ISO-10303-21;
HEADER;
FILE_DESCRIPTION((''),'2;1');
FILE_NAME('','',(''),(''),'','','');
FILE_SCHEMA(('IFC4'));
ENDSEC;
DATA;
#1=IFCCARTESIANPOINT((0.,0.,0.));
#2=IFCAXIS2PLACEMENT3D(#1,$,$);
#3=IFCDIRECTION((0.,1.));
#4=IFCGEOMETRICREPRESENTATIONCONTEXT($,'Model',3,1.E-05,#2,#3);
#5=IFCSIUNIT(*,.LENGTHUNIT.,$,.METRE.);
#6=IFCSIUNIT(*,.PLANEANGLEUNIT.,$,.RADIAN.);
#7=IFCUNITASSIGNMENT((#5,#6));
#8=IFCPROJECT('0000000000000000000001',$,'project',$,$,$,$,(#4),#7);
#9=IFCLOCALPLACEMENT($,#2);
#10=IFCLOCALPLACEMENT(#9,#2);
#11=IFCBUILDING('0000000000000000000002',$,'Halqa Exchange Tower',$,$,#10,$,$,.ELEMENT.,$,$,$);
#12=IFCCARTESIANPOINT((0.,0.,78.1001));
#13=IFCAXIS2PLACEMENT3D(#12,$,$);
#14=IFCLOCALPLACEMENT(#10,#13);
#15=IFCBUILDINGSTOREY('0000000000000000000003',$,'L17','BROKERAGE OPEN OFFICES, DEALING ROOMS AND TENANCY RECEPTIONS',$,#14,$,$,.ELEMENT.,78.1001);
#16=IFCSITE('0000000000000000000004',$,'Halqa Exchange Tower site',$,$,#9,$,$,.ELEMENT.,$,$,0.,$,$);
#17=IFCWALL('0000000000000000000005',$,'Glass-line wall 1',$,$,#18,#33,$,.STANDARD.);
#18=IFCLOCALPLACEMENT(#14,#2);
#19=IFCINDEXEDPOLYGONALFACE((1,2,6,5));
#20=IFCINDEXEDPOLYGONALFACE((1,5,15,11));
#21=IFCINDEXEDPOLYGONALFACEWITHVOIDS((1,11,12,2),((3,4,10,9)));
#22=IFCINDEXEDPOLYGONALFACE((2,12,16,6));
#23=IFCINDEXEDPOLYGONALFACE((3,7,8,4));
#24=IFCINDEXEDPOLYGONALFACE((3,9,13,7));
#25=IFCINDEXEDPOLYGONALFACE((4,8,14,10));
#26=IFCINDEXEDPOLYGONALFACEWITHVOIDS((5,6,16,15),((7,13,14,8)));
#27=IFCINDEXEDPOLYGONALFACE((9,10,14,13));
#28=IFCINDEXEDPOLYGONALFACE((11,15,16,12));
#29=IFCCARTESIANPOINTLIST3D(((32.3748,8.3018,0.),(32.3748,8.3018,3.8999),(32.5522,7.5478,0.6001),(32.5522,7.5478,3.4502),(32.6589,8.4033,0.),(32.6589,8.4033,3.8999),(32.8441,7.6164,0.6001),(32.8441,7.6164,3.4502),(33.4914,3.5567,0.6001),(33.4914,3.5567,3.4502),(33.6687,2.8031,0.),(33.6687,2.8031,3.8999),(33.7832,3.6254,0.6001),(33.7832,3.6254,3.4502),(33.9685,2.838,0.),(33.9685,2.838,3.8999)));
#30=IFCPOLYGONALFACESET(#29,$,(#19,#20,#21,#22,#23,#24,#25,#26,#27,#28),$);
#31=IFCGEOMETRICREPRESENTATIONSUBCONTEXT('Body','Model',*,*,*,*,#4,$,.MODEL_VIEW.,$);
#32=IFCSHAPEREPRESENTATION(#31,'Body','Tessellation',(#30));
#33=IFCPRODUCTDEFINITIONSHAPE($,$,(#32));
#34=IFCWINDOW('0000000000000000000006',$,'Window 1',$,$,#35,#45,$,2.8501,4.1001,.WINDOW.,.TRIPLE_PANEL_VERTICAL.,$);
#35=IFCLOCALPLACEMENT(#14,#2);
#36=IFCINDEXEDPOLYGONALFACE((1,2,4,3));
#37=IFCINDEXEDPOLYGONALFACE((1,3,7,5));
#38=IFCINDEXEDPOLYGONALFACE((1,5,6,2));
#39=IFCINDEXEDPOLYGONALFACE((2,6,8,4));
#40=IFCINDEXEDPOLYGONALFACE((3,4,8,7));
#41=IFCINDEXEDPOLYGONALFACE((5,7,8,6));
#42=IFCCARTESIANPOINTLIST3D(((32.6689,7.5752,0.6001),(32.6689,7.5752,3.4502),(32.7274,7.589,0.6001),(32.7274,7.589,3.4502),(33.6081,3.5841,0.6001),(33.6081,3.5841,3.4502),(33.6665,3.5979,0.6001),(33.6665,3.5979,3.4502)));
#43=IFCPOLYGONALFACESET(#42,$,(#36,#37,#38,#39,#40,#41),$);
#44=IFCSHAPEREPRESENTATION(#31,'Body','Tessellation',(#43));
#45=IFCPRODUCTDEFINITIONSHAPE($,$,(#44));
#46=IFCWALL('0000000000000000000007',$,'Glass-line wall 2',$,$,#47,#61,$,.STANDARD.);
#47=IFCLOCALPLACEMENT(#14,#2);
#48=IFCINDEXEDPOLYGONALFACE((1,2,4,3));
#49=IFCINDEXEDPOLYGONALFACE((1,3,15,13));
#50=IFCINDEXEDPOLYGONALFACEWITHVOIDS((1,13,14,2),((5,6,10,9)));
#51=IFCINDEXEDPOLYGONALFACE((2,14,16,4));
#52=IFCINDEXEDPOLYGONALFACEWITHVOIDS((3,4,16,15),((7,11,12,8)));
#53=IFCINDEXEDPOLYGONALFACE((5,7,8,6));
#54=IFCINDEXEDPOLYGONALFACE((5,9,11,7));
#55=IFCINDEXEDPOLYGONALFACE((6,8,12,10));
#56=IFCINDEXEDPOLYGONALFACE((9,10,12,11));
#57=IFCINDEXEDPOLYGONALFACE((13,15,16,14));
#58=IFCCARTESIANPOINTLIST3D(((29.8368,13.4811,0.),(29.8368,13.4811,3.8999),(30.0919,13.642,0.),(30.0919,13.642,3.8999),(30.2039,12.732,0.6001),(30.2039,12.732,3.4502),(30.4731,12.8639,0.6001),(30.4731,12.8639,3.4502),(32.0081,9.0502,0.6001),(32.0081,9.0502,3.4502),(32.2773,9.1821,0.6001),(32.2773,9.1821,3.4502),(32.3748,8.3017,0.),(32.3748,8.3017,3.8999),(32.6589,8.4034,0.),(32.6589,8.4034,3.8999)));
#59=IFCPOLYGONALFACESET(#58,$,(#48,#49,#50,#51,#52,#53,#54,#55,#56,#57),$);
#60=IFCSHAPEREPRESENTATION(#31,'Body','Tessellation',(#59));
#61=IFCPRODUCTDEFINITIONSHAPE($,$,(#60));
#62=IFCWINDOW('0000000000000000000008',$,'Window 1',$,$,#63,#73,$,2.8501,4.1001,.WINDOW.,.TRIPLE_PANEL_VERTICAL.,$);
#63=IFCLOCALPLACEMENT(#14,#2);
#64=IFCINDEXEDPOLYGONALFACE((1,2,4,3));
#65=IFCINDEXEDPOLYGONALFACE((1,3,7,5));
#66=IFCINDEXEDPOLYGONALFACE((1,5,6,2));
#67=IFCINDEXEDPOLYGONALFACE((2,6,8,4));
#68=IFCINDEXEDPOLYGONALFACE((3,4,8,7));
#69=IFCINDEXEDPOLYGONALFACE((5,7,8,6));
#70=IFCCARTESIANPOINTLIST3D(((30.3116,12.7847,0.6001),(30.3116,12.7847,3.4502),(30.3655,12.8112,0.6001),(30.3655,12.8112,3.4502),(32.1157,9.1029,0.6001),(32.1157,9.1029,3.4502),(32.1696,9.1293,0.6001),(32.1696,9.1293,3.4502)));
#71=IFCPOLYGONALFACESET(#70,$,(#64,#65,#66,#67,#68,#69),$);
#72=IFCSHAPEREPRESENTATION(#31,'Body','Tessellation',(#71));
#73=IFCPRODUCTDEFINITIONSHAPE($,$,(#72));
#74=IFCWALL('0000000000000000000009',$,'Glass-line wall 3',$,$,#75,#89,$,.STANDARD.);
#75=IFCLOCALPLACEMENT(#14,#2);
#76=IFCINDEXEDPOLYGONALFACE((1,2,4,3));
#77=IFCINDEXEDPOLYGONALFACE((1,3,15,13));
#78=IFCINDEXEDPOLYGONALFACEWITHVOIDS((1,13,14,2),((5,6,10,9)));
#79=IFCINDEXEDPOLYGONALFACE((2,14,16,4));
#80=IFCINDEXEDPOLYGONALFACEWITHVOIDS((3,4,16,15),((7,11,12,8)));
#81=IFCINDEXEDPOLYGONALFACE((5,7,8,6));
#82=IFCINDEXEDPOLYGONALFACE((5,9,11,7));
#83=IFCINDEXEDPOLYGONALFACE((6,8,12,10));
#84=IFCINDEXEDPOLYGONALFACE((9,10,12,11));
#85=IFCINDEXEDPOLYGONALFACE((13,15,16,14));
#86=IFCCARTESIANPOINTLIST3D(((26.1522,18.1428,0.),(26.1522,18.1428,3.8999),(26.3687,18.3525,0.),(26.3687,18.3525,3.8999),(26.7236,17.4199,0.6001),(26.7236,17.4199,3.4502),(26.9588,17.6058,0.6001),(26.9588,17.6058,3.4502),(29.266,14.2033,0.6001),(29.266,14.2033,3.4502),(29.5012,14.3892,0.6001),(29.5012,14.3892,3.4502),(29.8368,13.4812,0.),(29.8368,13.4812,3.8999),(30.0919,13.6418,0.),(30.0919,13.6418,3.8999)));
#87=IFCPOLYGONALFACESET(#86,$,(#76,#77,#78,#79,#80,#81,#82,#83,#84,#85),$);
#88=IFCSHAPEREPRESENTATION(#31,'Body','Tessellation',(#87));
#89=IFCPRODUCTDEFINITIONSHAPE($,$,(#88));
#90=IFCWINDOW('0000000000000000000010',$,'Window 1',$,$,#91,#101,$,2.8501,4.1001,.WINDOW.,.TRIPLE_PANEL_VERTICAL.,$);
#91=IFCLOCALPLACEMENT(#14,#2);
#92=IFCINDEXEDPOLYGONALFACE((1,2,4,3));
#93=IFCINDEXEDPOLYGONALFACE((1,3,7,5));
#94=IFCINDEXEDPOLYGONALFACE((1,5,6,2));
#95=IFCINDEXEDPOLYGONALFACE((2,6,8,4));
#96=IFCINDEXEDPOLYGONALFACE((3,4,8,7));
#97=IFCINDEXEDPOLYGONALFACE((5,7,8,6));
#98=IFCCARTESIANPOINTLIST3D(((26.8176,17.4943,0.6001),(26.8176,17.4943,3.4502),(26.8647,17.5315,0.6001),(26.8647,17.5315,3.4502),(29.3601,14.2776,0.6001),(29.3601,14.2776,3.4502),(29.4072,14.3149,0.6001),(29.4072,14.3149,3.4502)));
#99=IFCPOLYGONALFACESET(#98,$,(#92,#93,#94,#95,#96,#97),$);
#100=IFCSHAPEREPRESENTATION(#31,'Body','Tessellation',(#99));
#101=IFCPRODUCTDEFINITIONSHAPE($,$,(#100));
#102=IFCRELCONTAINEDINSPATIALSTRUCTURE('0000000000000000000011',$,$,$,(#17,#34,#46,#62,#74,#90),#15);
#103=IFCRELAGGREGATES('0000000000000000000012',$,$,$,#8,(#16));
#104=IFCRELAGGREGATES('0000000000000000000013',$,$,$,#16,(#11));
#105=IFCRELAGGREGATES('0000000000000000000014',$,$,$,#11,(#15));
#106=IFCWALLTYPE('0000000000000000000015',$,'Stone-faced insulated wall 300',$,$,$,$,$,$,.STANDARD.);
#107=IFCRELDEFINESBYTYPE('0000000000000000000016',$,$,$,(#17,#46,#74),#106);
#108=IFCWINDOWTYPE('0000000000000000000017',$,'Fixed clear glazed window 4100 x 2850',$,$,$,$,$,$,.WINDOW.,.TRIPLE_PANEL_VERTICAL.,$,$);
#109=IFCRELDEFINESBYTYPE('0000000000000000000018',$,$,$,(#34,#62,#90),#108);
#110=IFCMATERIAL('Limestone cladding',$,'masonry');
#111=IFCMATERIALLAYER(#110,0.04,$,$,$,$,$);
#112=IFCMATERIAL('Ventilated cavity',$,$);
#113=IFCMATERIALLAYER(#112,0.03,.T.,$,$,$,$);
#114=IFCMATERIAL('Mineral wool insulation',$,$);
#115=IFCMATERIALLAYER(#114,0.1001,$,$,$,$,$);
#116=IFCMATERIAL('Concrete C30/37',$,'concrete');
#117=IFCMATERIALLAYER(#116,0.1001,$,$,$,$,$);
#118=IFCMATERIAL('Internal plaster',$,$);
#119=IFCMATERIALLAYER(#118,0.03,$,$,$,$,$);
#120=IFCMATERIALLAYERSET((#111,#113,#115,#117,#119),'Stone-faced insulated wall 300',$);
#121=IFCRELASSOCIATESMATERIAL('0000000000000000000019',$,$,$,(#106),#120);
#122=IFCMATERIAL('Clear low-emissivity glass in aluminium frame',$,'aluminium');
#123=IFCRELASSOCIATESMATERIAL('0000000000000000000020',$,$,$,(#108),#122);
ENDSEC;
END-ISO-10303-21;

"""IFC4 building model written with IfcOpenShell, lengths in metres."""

from ifc_helpers import new_model, si_unit, direction, frame, frame_2d, origin, place, context, subcontext, project, spatial, polyline, rectangle, outline, extrude, material, layer, layer_set, type_object, element, fill, save


model = new_model("IFC4")

# Units and contexts
model_context = context("Model", 3, precision=1e-05, world=origin(), true_north=direction((0.0, 1.0)))
body_context = subcontext(model_context, "Body", "Model", "MODEL_VIEW")
ifc_project = project(units=[si_unit("LENGTHUNIT", "METRE"), si_unit("PLANEANGLEUNIT", "RADIAN")], contexts=[model_context])

# Site, building, storey
site_placement = place(None, origin())
site = spatial("IfcSite", under=ifc_project, at=site_placement, Name="Halqa Exchange Tower site", CompositionType="ELEMENT", RefElevation=0.0)
building_placement = place(site_placement, origin())
building = spatial("IfcBuilding", under=site, at=building_placement, Name="Halqa Exchange Tower", CompositionType="ELEMENT")
storey_placement = place(building_placement, frame((0.0, 0.0, 78.1001)))
storey = spatial("IfcBuildingStorey", under=building, at=storey_placement, Name="L17", Description="BROKERAGE OPEN OFFICES, DEALING ROOMS AND TENANCY RECEPTIONS", CompositionType="ELEMENT", Elevation=78.1001)

# Walls, openings, windows
ifc_material_1 = material(Name="Limestone cladding", Category="masonry")
ifc_layer_1 = layer(ifc_material_1, 0.04)
ifc_material_2 = material(Name="Ventilated cavity")
ifc_layer_2 = layer(ifc_material_2, 0.03, ventilated=True)
ifc_material_3 = material(Name="Mineral wool insulation")
ifc_layer_3 = layer(ifc_material_3, 0.1001)
ifc_material_4 = material(Name="Concrete C30/37", Category="concrete")
ifc_layer_4 = layer(ifc_material_4, 0.1001)
ifc_material_5 = material(Name="Internal plaster")
ifc_layer_5 = layer(ifc_material_5, 0.03)
ifc_layer_set_1 = layer_set([ifc_layer_1, ifc_layer_2, ifc_layer_3, ifc_layer_4, ifc_layer_5], Name="Stone-faced insulated wall 300")
wall_type_1 = type_object("IfcWallType", Name="Stone-faced insulated wall 300", PredefinedType="STANDARD", material=ifc_layer_set_1)
wall_1_placement = place(storey_placement, frame((33.8186, 2.8206, 0.0), z_axis=(0.0, 0.0, 1.0), x_axis=(-0.229058, 0.973413, 0.0)))
wall_1 = element("IfcWall", 1, at=wall_1_placement, inside=storey, type_object=wall_type_1, Name="Glass-line wall 1", PredefinedType="STANDARD", context=body_context, shape_type="SweptSolid", body=[
    extrude(outline(polyline([(-0.0173, -0.1499), (5.7, -0.1499), (5.6663, 0.1499), (0.0173, 0.1499), (-0.0173, -0.1499)])), origin(), (0.0, 0.0, 1.0), 3.8999),
])
opening_1_placement = place(wall_1_placement, frame((0.7915, 0.0, 0.6001)))
opening_1 = element("IfcOpeningElement", 2, at=opening_1_placement, cuts=wall_1, PredefinedType="OPENING", context=body_context, shape_type="SweptSolid", body=[
    extrude(rectangle(XDim=4.1001, YDim=2.8501, at=frame_2d((2.05, 1.425))), frame((0.0, 0.1621, 0.0), z_axis=(0.0, -1.0, 0.0), x_axis=(1.0, 0.0, 0.0)), (0.0, 0.0, 1.0), 0.324),
])
ifc_material_6 = material(Name="Clear low-emissivity glass in aluminium frame", Category="aluminium")
window_type = type_object("IfcWindowType", Name="Fixed clear glazed window 4100 x 2850", PartitioningType="TRIPLE_PANEL_VERTICAL", PredefinedType="WINDOW", material=ifc_material_6)
window_1_placement = place(opening_1_placement, origin())
window_1 = element("IfcWindow", 3, at=window_1_placement, inside=storey, type_object=window_type, Name="Window 1", OverallHeight=2.8501, OverallWidth=4.1001, PartitioningType="TRIPLE_PANEL_VERTICAL", PredefinedType="WINDOW", context=body_context, shape_type="SweptSolid", body=[
    extrude(rectangle(XDim=4.1001, YDim=2.8501, at=frame_2d((2.05, 1.425))), frame((0.0, 0.03, 0.0), z_axis=(0.0, -1.0, 0.0), x_axis=(1.0, 0.0, 0.0)), (0.0, 0.0, 1.0), 0.0601),
])
fill(opening_1, window_1)
wall_2_placement = place(storey_placement, frame((32.5168, 8.3525, 0.0), z_axis=(0.0, 0.0, 1.0), x_axis=(-0.440027, 0.897984, 0.0)))
wall_2 = element("IfcWall", 4, at=wall_2_placement, inside=storey, type_object=wall_type_1, Name="Glass-line wall 2", PredefinedType="STANDARD", context=body_context, shape_type="SweptSolid", body=[
    extrude(outline(polyline([(-0.0168, -0.1499), (5.8169, -0.1499), (5.7847, 0.1499), (0.0168, 0.1499), (-0.0168, -0.1499)])), origin(), (0.0, 0.0, 1.0), 3.8999),
])
opening_2_placement = place(wall_2_placement, frame((0.8503, 0.0, 0.6001)))
opening_2 = element("IfcOpeningElement", 5, at=opening_2_placement, cuts=wall_2, PredefinedType="OPENING", context=body_context, shape_type="SweptSolid", body=[
    extrude(rectangle(XDim=4.1001, YDim=2.8501, at=frame_2d((2.05, 1.425))), frame((0.0, 0.1621, 0.0), z_axis=(0.0, -1.0, 0.0), x_axis=(1.0, 0.0, 0.0)), (0.0, 0.0, 1.0), 0.324),
])
window_2_placement = place(opening_2_placement, origin())
window_2 = element("IfcWindow", 6, at=window_2_placement, inside=storey, type_object=window_type, Name="Window 1", OverallHeight=2.8501, OverallWidth=4.1001, PartitioningType="TRIPLE_PANEL_VERTICAL", PredefinedType="WINDOW", context=body_context, shape_type="SweptSolid", body=[
    extrude(rectangle(XDim=4.1001, YDim=2.8501, at=frame_2d((2.05, 1.425))), frame((0.0, 0.03, 0.0), z_axis=(0.0, -1.0, 0.0), x_axis=(1.0, 0.0, 0.0)), (0.0, 0.0, 1.0), 0.0601),
])
fill(opening_2, window_2)
wall_3_placement = place(storey_placement, frame((29.9644, 13.5615, 0.0), z_axis=(0.0, 0.0, 1.0), x_axis=(-0.620093, 0.784528, 0.0)))
wall_3 = element("IfcWall", 7, at=wall_3_placement, inside=storey, type_object=wall_type_1, Name="Glass-line wall 3", PredefinedType="STANDARD", context=body_context, shape_type="SweptSolid", body=[
    extrude(outline(polyline([(-0.0161, -0.1499), (5.9883, -0.1499), (5.958, 0.1499), (0.0161, 0.1499), (-0.0161, -0.1499)])), origin(), (0.0, 0.0, 1.0), 3.8999),
])
opening_3_placement = place(wall_3_placement, frame((0.9365, 0.0, 0.6001)))
opening_3 = element("IfcOpeningElement", 8, at=opening_3_placement, cuts=wall_3, PredefinedType="OPENING", context=body_context, shape_type="SweptSolid", body=[
    extrude(rectangle(XDim=4.1001, YDim=2.8501, at=frame_2d((2.05, 1.425))), frame((0.0, 0.1621, 0.0), z_axis=(0.0, -1.0, 0.0), x_axis=(1.0, 0.0, 0.0)), (0.0, 0.0, 1.0), 0.324),
])
window_3_placement = place(opening_3_placement, origin())
window_3 = element("IfcWindow", 9, at=window_3_placement, inside=storey, type_object=window_type, Name="Window 1", OverallHeight=2.8501, OverallWidth=4.1001, PartitioningType="TRIPLE_PANEL_VERTICAL", PredefinedType="WINDOW", context=body_context, shape_type="SweptSolid", body=[
    extrude(rectangle(XDim=4.1001, YDim=2.8501, at=frame_2d((2.05, 1.425))), frame((0.0, 0.03, 0.0), z_axis=(0.0, -1.0, 0.0), x_axis=(1.0, 0.0, 0.0)), (0.0, 0.0, 1.0), 0.0601),
])
fill(opening_3, window_3)

save(model, "model.ifc")
